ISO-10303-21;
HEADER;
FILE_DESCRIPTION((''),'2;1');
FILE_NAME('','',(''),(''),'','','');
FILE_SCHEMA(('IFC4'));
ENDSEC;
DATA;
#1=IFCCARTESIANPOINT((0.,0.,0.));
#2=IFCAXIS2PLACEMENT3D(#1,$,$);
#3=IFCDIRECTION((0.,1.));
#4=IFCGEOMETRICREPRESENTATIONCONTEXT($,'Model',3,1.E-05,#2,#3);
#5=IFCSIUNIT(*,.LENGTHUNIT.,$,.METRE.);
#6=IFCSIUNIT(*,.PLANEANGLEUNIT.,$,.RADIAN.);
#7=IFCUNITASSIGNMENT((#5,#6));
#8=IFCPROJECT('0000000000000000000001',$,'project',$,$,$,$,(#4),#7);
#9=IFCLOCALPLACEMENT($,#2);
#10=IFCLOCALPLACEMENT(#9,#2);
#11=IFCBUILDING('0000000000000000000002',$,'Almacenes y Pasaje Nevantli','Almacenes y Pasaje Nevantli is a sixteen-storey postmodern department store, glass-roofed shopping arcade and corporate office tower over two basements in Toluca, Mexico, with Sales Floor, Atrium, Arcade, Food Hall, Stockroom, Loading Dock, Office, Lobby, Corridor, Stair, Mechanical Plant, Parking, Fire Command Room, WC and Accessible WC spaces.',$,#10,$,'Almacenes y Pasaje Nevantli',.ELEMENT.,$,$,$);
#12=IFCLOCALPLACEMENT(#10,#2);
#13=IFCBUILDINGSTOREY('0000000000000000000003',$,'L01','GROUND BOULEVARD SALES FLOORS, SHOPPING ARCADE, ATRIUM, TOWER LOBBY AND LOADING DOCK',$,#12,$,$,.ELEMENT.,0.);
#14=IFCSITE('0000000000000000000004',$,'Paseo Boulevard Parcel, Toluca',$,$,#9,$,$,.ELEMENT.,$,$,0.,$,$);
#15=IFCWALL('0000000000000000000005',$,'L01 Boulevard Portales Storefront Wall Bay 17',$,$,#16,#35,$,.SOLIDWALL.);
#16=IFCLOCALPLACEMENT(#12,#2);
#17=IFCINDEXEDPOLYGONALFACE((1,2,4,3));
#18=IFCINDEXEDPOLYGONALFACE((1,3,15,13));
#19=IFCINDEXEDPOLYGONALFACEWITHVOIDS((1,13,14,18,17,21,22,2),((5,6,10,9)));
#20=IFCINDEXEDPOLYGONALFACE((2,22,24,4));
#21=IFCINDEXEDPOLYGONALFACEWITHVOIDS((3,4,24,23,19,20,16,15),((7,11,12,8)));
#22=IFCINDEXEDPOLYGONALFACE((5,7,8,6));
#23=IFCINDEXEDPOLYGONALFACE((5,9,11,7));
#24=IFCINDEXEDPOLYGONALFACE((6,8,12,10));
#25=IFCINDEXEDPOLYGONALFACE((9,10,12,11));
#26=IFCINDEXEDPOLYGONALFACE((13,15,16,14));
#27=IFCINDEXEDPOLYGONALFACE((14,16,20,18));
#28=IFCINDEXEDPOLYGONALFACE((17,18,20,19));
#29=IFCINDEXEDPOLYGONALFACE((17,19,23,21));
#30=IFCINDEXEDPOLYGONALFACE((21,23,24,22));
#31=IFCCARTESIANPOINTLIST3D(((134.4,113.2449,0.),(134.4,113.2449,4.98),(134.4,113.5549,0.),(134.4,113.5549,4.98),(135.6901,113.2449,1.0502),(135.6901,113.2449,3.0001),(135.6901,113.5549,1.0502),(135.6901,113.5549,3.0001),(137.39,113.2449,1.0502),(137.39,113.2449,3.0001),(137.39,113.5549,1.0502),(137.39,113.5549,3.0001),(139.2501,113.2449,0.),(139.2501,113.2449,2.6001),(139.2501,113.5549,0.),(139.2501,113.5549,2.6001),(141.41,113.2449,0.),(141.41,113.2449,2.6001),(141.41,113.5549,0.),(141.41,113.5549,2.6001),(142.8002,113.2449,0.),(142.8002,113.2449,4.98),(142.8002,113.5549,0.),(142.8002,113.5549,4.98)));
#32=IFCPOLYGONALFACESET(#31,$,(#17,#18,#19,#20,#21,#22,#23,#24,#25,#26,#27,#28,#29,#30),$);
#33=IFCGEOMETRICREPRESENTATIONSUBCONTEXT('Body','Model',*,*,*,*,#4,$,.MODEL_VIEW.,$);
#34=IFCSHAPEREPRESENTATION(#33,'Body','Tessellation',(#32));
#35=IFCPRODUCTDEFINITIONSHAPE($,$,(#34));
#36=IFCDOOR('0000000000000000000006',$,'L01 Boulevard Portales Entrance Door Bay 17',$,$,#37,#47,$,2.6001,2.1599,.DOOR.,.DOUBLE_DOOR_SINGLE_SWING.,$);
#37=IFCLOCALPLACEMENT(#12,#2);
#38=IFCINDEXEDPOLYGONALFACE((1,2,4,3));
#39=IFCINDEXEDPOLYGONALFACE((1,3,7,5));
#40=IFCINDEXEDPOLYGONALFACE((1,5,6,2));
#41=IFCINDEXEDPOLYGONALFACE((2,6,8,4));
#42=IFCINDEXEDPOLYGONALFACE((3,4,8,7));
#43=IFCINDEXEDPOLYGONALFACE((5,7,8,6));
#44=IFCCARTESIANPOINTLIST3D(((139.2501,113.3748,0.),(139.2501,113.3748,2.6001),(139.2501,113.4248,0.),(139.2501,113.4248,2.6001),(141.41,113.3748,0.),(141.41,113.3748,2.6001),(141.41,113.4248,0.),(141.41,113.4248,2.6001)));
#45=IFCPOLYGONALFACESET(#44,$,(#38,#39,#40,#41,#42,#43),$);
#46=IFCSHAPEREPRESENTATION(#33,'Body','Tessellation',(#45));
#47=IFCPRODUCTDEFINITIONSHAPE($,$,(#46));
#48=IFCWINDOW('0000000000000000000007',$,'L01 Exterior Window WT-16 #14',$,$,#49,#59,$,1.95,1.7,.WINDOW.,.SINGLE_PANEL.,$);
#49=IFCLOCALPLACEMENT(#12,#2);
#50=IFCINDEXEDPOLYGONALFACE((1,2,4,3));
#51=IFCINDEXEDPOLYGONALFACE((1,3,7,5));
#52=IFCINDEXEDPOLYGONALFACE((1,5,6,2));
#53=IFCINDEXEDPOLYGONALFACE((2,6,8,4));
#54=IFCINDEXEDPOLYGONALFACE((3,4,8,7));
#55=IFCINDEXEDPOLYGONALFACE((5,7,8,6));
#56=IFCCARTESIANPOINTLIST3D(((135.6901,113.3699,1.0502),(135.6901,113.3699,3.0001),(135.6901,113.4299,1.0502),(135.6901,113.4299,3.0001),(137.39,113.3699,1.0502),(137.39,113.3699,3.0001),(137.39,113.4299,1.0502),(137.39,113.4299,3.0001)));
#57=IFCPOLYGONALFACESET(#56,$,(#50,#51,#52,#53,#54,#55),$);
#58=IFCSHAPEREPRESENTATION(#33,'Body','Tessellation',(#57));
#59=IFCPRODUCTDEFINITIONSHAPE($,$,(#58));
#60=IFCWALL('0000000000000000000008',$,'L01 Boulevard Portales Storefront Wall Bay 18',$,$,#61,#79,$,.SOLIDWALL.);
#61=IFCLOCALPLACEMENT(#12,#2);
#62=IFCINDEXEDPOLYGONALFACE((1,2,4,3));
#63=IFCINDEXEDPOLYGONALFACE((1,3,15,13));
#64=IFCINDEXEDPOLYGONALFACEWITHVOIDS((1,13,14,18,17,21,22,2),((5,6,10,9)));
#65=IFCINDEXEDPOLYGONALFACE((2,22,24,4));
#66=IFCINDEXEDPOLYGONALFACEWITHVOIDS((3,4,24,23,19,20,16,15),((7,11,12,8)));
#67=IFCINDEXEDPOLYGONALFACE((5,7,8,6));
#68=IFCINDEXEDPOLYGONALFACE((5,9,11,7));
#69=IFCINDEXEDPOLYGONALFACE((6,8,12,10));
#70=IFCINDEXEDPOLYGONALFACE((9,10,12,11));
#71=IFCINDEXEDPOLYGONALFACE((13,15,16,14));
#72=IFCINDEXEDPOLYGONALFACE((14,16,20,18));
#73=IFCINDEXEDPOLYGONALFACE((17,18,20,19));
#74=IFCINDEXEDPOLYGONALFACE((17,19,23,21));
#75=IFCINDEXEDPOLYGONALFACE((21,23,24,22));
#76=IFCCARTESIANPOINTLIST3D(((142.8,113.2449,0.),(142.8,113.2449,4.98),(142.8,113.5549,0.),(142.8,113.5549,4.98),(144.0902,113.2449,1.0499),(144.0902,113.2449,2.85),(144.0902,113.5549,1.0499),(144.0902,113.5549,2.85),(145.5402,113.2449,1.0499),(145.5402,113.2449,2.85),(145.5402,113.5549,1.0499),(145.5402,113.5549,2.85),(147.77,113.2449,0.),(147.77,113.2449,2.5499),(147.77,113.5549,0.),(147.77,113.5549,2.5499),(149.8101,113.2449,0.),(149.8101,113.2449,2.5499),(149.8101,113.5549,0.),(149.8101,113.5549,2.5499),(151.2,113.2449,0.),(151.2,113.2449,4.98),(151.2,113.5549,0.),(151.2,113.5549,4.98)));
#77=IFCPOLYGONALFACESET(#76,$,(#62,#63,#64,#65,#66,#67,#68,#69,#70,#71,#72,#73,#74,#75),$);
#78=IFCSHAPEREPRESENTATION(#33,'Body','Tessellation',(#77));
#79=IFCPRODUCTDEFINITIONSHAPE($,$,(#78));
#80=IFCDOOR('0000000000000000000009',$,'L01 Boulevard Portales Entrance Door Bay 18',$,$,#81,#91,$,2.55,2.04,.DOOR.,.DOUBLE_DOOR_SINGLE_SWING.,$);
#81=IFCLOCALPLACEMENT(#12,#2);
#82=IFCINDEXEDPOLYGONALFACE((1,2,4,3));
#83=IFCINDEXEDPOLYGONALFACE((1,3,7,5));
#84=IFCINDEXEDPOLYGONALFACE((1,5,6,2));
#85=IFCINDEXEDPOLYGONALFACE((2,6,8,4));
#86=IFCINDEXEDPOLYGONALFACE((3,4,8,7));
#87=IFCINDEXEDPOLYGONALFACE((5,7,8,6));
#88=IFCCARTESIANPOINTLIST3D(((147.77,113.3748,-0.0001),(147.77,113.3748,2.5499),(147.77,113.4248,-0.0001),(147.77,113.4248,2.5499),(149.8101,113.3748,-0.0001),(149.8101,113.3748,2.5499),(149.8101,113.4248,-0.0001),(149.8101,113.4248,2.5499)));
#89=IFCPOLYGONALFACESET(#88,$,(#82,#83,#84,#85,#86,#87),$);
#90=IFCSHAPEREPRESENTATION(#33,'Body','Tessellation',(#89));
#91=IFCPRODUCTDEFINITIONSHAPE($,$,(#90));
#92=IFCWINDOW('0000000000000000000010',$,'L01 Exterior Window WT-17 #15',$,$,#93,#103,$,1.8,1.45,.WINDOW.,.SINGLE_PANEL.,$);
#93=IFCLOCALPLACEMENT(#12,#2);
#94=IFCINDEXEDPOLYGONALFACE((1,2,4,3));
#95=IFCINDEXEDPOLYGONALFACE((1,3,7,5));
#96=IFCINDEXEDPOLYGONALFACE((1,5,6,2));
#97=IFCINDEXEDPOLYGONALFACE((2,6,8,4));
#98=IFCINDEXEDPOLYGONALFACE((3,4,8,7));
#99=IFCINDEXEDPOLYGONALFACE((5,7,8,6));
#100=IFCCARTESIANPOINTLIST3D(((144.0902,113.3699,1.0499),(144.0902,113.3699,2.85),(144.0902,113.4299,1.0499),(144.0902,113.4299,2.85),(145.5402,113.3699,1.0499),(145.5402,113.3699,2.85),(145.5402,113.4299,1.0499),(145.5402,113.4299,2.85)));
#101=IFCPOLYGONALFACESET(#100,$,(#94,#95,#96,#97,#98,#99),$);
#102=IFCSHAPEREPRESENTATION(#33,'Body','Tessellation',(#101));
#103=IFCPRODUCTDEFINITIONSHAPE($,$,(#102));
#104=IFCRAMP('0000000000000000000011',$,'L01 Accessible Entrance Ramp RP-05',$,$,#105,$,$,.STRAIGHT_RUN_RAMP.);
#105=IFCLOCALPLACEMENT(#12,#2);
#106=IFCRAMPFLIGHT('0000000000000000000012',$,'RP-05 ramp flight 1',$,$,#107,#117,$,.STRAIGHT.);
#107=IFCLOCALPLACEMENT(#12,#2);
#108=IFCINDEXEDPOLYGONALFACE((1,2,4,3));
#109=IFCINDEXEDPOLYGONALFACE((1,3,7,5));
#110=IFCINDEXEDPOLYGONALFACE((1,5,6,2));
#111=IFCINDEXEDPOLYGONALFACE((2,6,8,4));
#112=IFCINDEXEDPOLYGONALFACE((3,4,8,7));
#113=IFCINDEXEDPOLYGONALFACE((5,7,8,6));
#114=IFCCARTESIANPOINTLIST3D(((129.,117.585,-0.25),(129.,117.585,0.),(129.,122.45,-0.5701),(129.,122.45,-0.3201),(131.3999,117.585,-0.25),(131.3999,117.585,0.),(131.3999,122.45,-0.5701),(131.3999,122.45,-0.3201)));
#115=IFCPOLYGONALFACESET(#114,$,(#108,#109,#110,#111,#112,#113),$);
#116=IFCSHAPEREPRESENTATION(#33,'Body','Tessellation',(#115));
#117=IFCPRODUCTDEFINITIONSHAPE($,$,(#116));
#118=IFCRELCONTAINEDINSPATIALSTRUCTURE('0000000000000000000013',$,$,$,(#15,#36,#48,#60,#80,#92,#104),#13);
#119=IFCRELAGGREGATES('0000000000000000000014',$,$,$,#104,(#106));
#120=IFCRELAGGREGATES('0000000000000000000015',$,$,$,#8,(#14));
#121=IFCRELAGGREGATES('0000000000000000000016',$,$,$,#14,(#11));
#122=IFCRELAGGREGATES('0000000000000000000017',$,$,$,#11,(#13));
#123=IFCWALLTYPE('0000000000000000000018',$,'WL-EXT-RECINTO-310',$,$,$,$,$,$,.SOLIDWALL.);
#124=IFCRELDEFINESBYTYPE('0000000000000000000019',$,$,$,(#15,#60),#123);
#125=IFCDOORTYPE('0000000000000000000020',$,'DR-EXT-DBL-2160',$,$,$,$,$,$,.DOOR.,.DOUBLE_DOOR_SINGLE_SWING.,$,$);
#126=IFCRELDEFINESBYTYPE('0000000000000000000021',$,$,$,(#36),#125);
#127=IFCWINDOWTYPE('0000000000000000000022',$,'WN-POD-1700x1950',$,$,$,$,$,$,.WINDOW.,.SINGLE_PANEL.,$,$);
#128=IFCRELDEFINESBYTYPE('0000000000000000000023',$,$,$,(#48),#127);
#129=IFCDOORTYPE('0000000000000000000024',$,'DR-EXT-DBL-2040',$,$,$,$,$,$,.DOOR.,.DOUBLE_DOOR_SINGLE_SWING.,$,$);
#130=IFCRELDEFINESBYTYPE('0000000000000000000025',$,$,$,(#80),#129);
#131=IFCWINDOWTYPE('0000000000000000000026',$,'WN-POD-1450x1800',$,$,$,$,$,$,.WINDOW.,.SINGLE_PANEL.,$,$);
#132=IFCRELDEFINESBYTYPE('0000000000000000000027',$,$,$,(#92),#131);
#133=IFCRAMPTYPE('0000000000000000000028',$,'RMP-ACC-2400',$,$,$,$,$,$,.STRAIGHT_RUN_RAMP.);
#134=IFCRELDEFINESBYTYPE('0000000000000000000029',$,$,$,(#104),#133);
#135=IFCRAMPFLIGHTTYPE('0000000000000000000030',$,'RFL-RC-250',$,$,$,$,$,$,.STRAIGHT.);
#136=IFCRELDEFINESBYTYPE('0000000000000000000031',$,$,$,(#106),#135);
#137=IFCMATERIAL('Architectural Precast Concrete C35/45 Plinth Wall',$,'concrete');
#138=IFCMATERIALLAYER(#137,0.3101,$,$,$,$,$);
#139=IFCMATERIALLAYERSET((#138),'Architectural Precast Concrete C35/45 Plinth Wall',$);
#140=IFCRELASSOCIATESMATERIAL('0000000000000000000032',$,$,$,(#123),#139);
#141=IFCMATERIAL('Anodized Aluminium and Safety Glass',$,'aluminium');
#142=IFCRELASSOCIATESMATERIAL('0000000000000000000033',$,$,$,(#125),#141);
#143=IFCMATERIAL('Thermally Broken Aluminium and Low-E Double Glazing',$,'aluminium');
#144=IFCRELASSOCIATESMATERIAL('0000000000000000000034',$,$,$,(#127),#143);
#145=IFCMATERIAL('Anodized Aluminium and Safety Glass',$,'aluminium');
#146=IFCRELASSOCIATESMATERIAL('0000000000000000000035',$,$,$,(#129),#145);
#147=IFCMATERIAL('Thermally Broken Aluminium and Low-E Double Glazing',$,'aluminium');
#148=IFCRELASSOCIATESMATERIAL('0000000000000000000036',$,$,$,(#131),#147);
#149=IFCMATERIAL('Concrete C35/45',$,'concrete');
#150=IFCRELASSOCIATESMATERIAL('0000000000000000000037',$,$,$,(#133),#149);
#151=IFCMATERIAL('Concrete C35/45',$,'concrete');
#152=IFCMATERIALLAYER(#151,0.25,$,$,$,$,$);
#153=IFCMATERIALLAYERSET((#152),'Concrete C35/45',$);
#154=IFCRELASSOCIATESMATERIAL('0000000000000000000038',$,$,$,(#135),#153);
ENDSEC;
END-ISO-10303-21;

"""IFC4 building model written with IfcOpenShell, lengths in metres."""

from ifc_helpers import new_model, si_unit, direction, frame, frame_2d, origin, place, context, subcontext, project, spatial, polyline, rectangle, outline, extrude, material, layer, layer_set, type_object, element, fill, aggregate, save


model = new_model("IFC4")

# Units and contexts
model_context = context("Model", 3, precision=1e-05, world=origin(), true_north=direction((0.0, 1.0)))
body_context = subcontext(model_context, "Body", "Model", "MODEL_VIEW")
ifc_project = project(units=[si_unit("LENGTHUNIT", "METRE"), si_unit("PLANEANGLEUNIT", "RADIAN")], contexts=[model_context])

# Site, building, storey
site_placement = place(None, origin())
site = spatial("IfcSite", under=ifc_project, at=site_placement, Name="Paseo Boulevard Parcel, Toluca", CompositionType="ELEMENT", RefElevation=0.0)
building_placement = place(site_placement, origin())
building = spatial("IfcBuilding", under=site, at=building_placement, Name="Almacenes y Pasaje Nevantli", Description="Almacenes y Pasaje Nevantli is a sixteen-storey postmodern department store, glass-roofed shopping arcade and corporate office tower over two basements in Toluca, Mexico, with Sales Floor, Atrium, Arcade, Food Hall, Stockroom, Loading Dock, Office, Lobby, Corridor, Stair, Mechanical Plant, Parking, Fire Command Room, WC and Accessible WC spaces.", LongName="Almacenes y Pasaje Nevantli", CompositionType="ELEMENT")
storey_placement = place(building_placement, origin())
storey = spatial("IfcBuildingStorey", under=building, at=storey_placement, Name="L01", Description="GROUND BOULEVARD SALES FLOORS, SHOPPING ARCADE, ATRIUM, TOWER LOBBY AND LOADING DOCK", CompositionType="ELEMENT", Elevation=0.0)

# Walls, openings, doors, windows
ifc_material_1 = material(Name="Architectural Precast Concrete C35/45 Plinth Wall", Category="concrete")
ifc_layer_1 = layer(ifc_material_1, 0.3101)
ifc_layer_set_1 = layer_set([ifc_layer_1], Name="Architectural Precast Concrete C35/45 Plinth Wall")
wall_type_1 = type_object("IfcWallType", Name="WL-EXT-RECINTO-310", PredefinedType="SOLIDWALL", material=ifc_layer_set_1)
wall_1_placement = place(storey_placement, frame((134.3999, 113.3999, 0.0), z_axis=(0.0, 0.0, 1.0), x_axis=(1.0, 0.0, 0.0)))
wall_1 = element("IfcWall", 1, at=wall_1_placement, inside=storey, type_object=wall_type_1, Name="L01 Boulevard Portales Storefront Wall Bay 17", PredefinedType="SOLIDWALL", context=body_context, shape_type="SweptSolid", body=[
    extrude(rectangle(XDim=8.4001, YDim=0.3101, at=frame_2d((4.2002, 0.0))), origin(), (0.0, 0.0, 1.0), 4.98),
])
opening_1_placement = place(wall_1_placement, frame((1.29, 0.0, 1.05)))
opening_1 = element("IfcOpeningElement", 2, at=opening_1_placement, cuts=wall_1, PredefinedType="OPENING", context=body_context, shape_type="SweptSolid", body=[
    extrude(rectangle(XDim=1.7, YDim=1.95, at=frame_2d((0.8501, 0.9751))), frame((0.0, 0.165, 0.0), z_axis=(0.0, -1.0, 0.0), x_axis=(1.0, 0.0, 0.0)), (0.0, 0.0, 1.0), 0.3301),
])
opening_2_placement = place(wall_1_placement, frame((4.8501, 0.0, 0.0)))
opening_2 = element("IfcOpeningElement", 3, at=opening_2_placement, cuts=wall_1, PredefinedType="OPENING", context=body_context, shape_type="SweptSolid", body=[
    extrude(rectangle(XDim=2.1599, YDim=2.6001, at=frame_2d((1.0801, 1.3))), frame((0.0, 0.165, 0.0), z_axis=(0.0, -1.0, 0.0), x_axis=(1.0, 0.0, 0.0)), (0.0, 0.0, 1.0), 0.3301),
])
ifc_material_2 = material(Name="Anodized Aluminium and Safety Glass", Category="aluminium")
door_type_1 = type_object("IfcDoorType", Name="DR-EXT-DBL-2160", OperationType="DOUBLE_DOOR_SINGLE_SWING", PredefinedType="DOOR", material=ifc_material_2)
door_1_placement = place(opening_2_placement, origin())
door_1 = element("IfcDoor", 4, at=door_1_placement, inside=storey, type_object=door_type_1, Name="L01 Boulevard Portales Entrance Door Bay 17", OperationType="DOUBLE_DOOR_SINGLE_SWING", OverallHeight=2.6001, OverallWidth=2.1599, PredefinedType="DOOR", context=body_context, shape_type="SweptSolid", body=[
    extrude(rectangle(XDim=2.1599, YDim=2.6001, at=frame_2d((1.0801, 1.3))), frame((0.0, 0.0249, 0.0), z_axis=(0.0, -1.0, 0.0), x_axis=(1.0, 0.0, 0.0)), (0.0, 0.0, 1.0), 0.05),
])
fill(opening_2, door_1)
ifc_material_3 = material(Name="Thermally Broken Aluminium and Low-E Double Glazing", Category="aluminium")
window_type_1 = type_object("IfcWindowType", Name="WN-POD-1700x1950", PartitioningType="SINGLE_PANEL", PredefinedType="WINDOW", material=ifc_material_3)
window_1_placement = place(opening_1_placement, origin())
window_1 = element("IfcWindow", 5, at=window_1_placement, inside=storey, type_object=window_type_1, Name="L01 Exterior Window WT-16 #14", OverallHeight=1.95, OverallWidth=1.7, PartitioningType="SINGLE_PANEL", PredefinedType="WINDOW", context=body_context, shape_type="SweptSolid", body=[
    extrude(rectangle(XDim=1.7, YDim=1.95, at=frame_2d((0.8501, 0.9751))), frame((0.0, 0.03, 0.0), z_axis=(0.0, -1.0, 0.0), x_axis=(1.0, 0.0, 0.0)), (0.0, 0.0, 1.0), 0.0601),
])
fill(opening_1, window_1)
wall_2_placement = place(storey_placement, frame((142.8, 113.3999, 0.0), z_axis=(0.0, 0.0, 1.0), x_axis=(1.0, 0.0, 0.0)))
wall_2 = element("IfcWall", 6, at=wall_2_placement, inside=storey, type_object=wall_type_1, Name="L01 Boulevard Portales Storefront Wall Bay 18", PredefinedType="SOLIDWALL", context=body_context, shape_type="SweptSolid", body=[
    extrude(rectangle(XDim=8.3999, YDim=0.3101, at=frame_2d((4.2, 0.0))), origin(), (0.0, 0.0, 1.0), 4.98),
])
opening_3_placement = place(wall_2_placement, frame((1.29, 0.0, 1.05)))
opening_3 = element("IfcOpeningElement", 7, at=opening_3_placement, cuts=wall_2, PredefinedType="OPENING", context=body_context, shape_type="SweptSolid", body=[
    extrude(rectangle(XDim=1.45, YDim=1.8, at=frame_2d((0.7251, 0.8999))), frame((0.0, 0.165, 0.0), z_axis=(0.0, -1.0, 0.0), x_axis=(1.0, 0.0, 0.0)), (0.0, 0.0, 1.0), 0.3301),
])
opening_4_placement = place(wall_2_placement, frame((4.97, 0.0, 0.0)))
opening_4 = element("IfcOpeningElement", 8, at=opening_4_placement, cuts=wall_2, PredefinedType="OPENING", context=body_context, shape_type="SweptSolid", body=[
    extrude(rectangle(XDim=2.04, YDim=2.55, at=frame_2d((1.02, 1.2749))), frame((0.0, 0.165, 0.0), z_axis=(0.0, -1.0, 0.0), x_axis=(1.0, 0.0, 0.0)), (0.0, 0.0, 1.0), 0.3301),
])
ifc_material_4 = material(Name="Anodized Aluminium and Safety Glass", Category="aluminium")
door_type_2 = type_object("IfcDoorType", Name="DR-EXT-DBL-2040", OperationType="DOUBLE_DOOR_SINGLE_SWING", PredefinedType="DOOR", material=ifc_material_4)
door_2_placement = place(opening_4_placement, origin())
door_2 = element("IfcDoor", 9, at=door_2_placement, inside=storey, type_object=door_type_2, Name="L01 Boulevard Portales Entrance Door Bay 18", OperationType="DOUBLE_DOOR_SINGLE_SWING", OverallHeight=2.55, OverallWidth=2.04, PredefinedType="DOOR", context=body_context, shape_type="SweptSolid", body=[
    extrude(rectangle(XDim=2.04, YDim=2.55, at=frame_2d((1.02, 1.2749))), frame((0.0, 0.0249, 0.0), z_axis=(0.0, -1.0, 0.0), x_axis=(1.0, 0.0, 0.0)), (0.0, 0.0, 1.0), 0.05),
])
fill(opening_4, door_2)
ifc_material_5 = material(Name="Thermally Broken Aluminium and Low-E Double Glazing", Category="aluminium")
window_type_2 = type_object("IfcWindowType", Name="WN-POD-1450x1800", PartitioningType="SINGLE_PANEL", PredefinedType="WINDOW", material=ifc_material_5)
window_2_placement = place(opening_3_placement, origin())
window_2 = element("IfcWindow", 10, at=window_2_placement, inside=storey, type_object=window_type_2, Name="L01 Exterior Window WT-17 #15", OverallHeight=1.8, OverallWidth=1.45, PartitioningType="SINGLE_PANEL", PredefinedType="WINDOW", context=body_context, shape_type="SweptSolid", body=[
    extrude(rectangle(XDim=1.45, YDim=1.8, at=frame_2d((0.7251, 0.8999))), frame((0.0, 0.03, 0.0), z_axis=(0.0, -1.0, 0.0), x_axis=(1.0, 0.0, 0.0)), (0.0, 0.0, 1.0), 0.0601),
])
fill(opening_3, window_2)

# Ramp, ramp flight
ifc_material_6 = material(Name="Concrete C35/45", Category="concrete")
ramp_type = type_object("IfcRampType", Name="RMP-ACC-2400", PredefinedType="STRAIGHT_RUN_RAMP", material=ifc_material_6)
ramp_placement = place(storey_placement, origin())
ramp = element("IfcRamp", 11, at=ramp_placement, inside=storey, type_object=ramp_type, Name="L01 Accessible Entrance Ramp RP-05", PredefinedType="STRAIGHT_RUN_RAMP")
ifc_material_7 = material(Name="Concrete C35/45", Category="concrete")
ifc_layer_2 = layer(ifc_material_7, 0.25)
ifc_layer_set_2 = layer_set([ifc_layer_2], Name="Concrete C35/45")
ramp_flight_type = type_object("IfcRampFlightType", Name="RFL-RC-250", PredefinedType="STRAIGHT", material=ifc_layer_set_2)
ramp_flight_placement = place(storey_placement, frame((130.2, 122.45, -0.3201), z_axis=(0.0, 0.0, 1.0), x_axis=(0.0, -1.0, 0.0)))
ramp_flight = element("IfcRampFlight", 12, at=ramp_flight_placement, type_object=ramp_flight_type, Name="RP-05 ramp flight 1", PredefinedType="STRAIGHT", context=body_context, shape_type="SweptSolid", body=[
    extrude(outline(polyline([(0.0, -0.25), (4.865, 0.0701), (4.865, 0.3201), (0.0, 0.0), (0.0, -0.25)])), frame((0.0, 1.2, 0.0), z_axis=(0.0, -1.0, 0.0), x_axis=(1.0, 0.0, 0.0)), (0.0, 0.0, 1.0), 2.3999),
])
aggregate(ramp, [ramp_flight])

save(model, "model.ifc")
